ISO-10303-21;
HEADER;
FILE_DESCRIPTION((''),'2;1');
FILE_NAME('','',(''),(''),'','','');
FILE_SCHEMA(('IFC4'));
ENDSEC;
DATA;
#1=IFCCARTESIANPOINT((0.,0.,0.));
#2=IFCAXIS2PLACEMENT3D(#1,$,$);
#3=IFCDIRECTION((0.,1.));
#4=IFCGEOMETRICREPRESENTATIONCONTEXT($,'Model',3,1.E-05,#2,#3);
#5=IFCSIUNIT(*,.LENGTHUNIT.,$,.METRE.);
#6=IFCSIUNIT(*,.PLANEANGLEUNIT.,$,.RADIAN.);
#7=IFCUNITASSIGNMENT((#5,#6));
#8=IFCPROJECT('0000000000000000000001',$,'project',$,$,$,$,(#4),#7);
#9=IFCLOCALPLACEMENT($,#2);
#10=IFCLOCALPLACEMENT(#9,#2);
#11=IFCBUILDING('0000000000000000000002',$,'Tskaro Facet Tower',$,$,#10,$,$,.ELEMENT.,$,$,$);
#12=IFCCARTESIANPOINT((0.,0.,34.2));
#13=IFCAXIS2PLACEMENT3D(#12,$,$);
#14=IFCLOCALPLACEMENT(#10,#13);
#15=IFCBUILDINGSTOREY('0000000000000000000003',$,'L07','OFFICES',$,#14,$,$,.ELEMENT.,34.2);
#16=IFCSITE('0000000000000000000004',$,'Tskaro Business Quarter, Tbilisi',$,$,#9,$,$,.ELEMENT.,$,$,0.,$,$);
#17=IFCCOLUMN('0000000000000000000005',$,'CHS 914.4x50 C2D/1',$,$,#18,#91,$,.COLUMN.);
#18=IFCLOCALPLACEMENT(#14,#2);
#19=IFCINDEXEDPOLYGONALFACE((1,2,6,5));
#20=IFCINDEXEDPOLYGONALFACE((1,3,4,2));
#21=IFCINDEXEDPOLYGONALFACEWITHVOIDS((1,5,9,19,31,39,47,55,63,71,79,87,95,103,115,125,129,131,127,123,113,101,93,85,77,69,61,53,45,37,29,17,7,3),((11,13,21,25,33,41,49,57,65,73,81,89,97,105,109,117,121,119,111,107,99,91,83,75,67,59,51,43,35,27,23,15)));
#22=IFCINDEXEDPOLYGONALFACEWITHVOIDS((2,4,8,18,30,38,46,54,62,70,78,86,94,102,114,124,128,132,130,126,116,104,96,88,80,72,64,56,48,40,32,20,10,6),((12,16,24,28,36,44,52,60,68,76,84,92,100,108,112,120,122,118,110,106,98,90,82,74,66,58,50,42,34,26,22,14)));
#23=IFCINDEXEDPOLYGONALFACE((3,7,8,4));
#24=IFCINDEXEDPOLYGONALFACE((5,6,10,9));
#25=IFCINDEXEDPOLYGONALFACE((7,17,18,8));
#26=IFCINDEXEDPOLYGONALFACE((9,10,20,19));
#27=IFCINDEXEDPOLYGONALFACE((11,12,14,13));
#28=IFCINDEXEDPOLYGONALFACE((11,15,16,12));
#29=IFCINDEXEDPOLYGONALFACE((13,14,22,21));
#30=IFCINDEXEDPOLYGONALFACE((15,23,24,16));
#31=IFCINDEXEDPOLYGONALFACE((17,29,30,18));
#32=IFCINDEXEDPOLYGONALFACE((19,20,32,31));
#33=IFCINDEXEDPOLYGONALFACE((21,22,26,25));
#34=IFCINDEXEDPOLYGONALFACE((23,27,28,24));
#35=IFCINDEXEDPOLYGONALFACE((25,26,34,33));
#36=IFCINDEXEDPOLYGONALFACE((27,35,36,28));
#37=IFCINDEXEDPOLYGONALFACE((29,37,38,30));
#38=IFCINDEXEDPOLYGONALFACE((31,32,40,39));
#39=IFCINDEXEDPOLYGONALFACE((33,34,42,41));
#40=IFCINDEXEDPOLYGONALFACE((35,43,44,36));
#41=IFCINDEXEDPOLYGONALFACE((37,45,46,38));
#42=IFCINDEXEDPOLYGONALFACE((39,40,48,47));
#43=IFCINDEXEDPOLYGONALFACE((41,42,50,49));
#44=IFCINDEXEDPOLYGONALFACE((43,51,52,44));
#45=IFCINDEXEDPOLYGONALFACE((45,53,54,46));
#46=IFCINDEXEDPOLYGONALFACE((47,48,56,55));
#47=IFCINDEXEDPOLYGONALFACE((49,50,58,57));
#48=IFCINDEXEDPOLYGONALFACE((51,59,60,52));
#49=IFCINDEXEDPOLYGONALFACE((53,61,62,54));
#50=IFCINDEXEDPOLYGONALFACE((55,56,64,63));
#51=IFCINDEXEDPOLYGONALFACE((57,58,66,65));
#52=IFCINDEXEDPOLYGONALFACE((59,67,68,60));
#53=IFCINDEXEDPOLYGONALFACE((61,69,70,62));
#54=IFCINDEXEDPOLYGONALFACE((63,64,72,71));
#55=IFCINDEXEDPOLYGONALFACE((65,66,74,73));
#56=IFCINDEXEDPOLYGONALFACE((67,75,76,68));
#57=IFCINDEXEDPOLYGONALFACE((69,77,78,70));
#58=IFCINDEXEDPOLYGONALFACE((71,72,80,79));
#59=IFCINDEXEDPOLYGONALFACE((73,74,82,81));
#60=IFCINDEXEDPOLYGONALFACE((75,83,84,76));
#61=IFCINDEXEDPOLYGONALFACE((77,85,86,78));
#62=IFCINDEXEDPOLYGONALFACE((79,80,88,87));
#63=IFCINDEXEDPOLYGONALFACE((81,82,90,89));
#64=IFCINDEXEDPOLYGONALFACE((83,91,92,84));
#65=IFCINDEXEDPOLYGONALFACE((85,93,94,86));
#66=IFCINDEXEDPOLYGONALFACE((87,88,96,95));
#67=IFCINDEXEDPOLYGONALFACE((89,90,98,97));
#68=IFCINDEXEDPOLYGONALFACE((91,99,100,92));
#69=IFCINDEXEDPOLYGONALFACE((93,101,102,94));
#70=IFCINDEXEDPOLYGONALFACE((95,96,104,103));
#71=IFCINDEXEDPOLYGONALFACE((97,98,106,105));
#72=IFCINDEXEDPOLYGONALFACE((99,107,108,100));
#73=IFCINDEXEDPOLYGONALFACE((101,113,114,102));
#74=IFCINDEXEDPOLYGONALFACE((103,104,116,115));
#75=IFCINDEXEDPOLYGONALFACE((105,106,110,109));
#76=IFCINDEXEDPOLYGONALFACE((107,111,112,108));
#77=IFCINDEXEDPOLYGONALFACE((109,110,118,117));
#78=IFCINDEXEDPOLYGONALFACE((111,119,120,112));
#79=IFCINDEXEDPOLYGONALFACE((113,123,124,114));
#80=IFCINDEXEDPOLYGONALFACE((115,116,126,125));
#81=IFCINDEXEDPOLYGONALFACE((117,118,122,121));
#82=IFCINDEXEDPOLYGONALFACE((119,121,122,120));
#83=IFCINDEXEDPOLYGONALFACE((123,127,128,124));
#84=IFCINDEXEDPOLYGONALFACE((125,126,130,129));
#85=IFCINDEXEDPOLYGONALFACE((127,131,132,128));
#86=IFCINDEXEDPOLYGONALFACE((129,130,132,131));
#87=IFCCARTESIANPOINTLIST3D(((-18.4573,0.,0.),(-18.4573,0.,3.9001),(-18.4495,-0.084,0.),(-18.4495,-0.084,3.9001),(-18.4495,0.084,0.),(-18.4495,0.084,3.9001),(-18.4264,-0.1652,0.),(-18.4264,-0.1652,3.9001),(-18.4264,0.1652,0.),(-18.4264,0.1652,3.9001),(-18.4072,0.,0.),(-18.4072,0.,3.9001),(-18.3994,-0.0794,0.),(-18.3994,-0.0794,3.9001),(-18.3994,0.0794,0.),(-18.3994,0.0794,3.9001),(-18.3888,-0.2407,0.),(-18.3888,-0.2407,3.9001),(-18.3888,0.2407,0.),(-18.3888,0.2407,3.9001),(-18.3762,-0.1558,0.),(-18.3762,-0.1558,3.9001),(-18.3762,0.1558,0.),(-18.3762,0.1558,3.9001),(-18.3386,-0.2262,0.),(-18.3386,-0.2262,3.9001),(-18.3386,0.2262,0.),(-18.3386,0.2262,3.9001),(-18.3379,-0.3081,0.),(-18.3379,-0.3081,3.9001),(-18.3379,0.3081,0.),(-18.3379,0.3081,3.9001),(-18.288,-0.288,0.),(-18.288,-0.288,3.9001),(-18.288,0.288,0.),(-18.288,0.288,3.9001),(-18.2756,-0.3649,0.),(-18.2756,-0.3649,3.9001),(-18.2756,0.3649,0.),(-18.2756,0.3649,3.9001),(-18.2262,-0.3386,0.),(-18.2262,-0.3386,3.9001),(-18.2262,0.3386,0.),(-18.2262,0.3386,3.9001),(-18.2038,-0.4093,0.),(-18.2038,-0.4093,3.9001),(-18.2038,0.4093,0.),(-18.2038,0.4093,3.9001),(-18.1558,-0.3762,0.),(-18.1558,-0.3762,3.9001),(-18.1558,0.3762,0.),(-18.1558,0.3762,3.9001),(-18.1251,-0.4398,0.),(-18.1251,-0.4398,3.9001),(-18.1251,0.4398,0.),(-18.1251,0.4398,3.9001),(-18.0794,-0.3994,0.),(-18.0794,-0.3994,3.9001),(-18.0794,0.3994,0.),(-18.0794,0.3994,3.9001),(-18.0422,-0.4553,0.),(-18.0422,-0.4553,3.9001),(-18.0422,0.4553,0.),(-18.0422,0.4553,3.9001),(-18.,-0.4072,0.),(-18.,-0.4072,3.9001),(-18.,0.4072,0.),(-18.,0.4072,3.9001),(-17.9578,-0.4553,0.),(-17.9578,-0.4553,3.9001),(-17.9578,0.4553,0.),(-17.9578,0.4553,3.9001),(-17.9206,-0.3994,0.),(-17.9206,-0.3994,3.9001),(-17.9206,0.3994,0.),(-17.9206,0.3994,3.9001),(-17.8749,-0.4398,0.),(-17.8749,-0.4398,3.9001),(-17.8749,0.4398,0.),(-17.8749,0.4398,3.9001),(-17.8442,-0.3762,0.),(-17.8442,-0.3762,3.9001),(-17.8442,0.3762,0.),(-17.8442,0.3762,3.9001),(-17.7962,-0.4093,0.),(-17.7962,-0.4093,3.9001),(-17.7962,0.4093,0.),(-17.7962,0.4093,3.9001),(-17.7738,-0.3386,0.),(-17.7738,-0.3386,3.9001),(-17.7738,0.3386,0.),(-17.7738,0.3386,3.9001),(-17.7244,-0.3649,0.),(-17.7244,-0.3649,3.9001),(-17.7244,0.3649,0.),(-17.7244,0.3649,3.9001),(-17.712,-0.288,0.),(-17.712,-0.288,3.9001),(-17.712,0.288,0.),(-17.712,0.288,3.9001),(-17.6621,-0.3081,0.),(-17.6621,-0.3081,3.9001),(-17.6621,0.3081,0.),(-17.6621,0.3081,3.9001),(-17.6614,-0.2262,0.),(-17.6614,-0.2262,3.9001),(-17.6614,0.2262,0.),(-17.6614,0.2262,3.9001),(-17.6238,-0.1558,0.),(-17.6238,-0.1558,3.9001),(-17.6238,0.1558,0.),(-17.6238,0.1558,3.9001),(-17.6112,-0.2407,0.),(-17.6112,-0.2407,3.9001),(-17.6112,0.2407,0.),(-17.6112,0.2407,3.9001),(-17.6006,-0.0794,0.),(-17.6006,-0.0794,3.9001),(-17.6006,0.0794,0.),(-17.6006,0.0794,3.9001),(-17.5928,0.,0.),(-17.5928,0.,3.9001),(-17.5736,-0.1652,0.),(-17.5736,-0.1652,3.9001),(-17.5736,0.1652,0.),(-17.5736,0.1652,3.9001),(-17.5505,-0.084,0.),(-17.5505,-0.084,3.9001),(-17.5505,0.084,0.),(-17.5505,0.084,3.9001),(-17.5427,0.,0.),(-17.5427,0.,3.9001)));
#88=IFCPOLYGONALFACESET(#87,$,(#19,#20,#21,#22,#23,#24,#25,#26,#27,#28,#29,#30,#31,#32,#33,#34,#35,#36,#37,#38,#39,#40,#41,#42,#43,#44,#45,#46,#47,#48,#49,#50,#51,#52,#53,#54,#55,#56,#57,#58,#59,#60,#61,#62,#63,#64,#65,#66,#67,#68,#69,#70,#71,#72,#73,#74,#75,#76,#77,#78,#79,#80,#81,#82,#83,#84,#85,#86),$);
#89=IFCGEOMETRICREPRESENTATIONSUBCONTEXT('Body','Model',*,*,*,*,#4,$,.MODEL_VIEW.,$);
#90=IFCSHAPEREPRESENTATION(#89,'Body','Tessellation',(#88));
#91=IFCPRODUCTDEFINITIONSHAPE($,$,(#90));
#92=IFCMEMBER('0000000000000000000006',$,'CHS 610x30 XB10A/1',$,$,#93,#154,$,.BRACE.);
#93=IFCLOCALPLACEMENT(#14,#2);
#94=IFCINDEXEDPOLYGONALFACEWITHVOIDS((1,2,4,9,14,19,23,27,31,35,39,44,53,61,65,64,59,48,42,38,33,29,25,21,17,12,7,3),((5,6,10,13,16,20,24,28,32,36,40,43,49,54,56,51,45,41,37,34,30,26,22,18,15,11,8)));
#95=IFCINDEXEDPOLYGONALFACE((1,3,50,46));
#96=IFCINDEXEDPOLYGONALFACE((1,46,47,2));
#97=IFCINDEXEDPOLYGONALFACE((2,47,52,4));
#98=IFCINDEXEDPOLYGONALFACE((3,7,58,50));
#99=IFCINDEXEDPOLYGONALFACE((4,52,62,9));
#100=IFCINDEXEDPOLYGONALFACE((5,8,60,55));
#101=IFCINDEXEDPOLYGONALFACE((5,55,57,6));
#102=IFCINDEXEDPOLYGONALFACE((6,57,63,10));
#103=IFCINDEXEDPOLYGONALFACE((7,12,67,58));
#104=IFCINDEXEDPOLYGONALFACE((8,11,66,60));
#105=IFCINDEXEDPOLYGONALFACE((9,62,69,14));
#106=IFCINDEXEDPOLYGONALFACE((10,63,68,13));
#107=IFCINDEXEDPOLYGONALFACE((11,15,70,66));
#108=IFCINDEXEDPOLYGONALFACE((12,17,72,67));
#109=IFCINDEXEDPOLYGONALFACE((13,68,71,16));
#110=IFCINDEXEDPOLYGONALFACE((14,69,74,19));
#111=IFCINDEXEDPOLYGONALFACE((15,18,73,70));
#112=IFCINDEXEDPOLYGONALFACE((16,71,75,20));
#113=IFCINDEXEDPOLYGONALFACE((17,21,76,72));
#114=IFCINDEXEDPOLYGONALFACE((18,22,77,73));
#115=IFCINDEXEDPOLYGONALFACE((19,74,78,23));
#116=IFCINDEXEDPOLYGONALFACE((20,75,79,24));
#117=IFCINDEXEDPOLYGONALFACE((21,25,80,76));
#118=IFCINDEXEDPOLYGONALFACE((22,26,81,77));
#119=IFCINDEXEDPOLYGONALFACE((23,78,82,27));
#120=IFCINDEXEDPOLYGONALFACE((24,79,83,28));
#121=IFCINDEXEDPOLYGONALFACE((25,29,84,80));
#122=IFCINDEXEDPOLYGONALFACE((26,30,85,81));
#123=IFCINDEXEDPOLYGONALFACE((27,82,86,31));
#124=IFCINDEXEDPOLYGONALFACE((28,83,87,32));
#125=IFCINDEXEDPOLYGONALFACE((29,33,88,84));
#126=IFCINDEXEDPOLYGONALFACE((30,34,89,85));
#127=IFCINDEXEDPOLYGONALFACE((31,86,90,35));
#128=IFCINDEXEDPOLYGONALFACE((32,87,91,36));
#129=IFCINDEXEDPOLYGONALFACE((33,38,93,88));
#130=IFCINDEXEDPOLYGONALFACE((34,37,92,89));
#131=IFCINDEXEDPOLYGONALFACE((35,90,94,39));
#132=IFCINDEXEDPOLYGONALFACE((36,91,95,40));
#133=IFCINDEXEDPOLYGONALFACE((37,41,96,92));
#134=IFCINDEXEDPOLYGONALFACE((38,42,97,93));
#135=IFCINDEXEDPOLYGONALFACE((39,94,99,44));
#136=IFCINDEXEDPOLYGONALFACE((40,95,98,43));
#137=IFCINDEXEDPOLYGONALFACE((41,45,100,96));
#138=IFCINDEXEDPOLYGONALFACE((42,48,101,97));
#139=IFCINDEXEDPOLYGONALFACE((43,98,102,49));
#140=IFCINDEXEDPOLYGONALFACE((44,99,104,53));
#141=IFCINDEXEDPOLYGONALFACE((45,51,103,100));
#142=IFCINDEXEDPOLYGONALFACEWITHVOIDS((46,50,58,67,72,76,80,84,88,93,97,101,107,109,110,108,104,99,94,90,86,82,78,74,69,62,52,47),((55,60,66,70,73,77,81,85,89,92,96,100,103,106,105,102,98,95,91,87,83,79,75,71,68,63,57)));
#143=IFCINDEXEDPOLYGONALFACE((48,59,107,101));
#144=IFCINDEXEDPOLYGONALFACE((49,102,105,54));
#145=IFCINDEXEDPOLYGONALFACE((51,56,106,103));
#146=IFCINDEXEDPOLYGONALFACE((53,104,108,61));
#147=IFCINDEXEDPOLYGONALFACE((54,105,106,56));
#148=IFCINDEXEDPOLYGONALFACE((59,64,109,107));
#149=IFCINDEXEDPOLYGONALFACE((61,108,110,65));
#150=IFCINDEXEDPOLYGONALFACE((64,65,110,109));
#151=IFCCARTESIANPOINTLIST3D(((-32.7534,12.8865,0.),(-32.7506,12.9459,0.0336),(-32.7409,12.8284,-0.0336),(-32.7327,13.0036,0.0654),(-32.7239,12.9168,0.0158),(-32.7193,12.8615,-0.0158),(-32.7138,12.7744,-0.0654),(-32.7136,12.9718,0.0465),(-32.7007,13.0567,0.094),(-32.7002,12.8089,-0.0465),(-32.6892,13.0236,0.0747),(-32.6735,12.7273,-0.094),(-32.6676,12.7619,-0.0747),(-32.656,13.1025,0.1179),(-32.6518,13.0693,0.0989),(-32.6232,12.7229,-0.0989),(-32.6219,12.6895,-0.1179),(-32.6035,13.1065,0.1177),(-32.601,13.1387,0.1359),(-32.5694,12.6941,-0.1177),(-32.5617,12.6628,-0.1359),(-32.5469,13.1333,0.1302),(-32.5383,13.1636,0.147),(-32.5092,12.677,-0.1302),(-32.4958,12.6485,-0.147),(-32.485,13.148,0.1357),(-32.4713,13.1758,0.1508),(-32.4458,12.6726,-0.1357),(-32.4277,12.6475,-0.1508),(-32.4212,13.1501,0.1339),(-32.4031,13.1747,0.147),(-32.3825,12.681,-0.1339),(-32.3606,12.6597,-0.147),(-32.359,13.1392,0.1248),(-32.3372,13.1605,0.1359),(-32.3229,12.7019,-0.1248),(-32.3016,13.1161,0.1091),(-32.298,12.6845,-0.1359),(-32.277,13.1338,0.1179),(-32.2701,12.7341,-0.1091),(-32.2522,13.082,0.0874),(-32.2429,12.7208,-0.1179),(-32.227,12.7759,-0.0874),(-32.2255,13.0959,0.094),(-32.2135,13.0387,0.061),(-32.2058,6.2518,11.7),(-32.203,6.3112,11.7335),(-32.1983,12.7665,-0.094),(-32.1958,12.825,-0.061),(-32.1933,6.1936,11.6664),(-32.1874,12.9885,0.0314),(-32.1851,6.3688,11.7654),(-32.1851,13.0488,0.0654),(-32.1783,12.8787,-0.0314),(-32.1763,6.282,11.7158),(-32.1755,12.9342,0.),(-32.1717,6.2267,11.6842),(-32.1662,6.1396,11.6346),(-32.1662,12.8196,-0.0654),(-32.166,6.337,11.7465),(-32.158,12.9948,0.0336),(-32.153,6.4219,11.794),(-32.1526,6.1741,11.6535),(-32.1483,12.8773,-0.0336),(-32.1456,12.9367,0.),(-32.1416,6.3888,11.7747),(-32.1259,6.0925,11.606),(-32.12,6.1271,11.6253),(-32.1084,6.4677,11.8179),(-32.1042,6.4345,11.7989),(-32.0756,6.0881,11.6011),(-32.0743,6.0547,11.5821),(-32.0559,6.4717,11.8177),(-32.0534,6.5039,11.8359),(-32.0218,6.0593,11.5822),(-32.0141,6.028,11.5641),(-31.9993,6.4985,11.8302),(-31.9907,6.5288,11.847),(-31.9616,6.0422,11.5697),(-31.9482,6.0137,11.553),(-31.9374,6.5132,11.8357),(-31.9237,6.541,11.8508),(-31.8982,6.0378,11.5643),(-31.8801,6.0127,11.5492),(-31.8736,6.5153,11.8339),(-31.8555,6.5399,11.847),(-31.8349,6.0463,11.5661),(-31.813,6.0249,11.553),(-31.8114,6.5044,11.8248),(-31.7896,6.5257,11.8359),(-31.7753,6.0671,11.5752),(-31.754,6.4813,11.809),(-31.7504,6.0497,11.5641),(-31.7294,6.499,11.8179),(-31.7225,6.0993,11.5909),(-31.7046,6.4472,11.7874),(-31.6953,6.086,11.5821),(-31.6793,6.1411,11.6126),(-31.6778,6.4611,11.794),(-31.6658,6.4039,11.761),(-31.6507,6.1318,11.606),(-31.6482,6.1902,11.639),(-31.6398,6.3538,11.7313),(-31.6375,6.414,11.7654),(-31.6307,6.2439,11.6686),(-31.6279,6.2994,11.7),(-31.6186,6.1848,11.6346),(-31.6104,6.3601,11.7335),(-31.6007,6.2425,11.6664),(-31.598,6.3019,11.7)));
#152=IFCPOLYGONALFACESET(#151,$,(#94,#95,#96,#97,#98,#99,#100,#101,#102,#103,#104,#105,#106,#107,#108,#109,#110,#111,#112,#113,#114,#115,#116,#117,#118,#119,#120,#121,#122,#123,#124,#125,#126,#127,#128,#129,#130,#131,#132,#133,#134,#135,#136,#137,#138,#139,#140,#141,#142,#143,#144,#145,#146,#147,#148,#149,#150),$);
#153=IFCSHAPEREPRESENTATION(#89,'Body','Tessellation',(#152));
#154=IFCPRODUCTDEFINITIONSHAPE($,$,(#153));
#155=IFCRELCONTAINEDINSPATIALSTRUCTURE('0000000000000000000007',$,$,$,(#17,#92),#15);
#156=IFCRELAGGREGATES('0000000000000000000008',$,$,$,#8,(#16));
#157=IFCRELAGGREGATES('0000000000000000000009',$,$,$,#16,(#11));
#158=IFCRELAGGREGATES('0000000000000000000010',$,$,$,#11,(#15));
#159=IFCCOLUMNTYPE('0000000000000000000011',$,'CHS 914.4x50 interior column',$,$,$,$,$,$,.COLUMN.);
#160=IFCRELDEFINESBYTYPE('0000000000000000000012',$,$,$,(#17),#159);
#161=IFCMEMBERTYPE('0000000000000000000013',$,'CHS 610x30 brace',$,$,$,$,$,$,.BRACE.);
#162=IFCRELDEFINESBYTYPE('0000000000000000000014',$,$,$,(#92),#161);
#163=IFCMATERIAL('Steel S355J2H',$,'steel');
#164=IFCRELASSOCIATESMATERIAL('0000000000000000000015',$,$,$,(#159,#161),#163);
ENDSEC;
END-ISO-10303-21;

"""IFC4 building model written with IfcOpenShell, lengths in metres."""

from ifc_helpers import new_model, si_unit, direction, frame, origin, origin_2d, place, context, subcontext, project, spatial, hollow_circle, extrude, material, material_profile, profile_set, type_object, element, save


model = new_model("IFC4")

# Units and contexts
model_context = context("Model", 3, precision=1e-05, world=origin(), true_north=direction((0.0, 1.0)))
body_context = subcontext(model_context, "Body", "Model", "MODEL_VIEW")
ifc_project = project(units=[si_unit("LENGTHUNIT", "METRE"), si_unit("PLANEANGLEUNIT", "RADIAN")], contexts=[model_context])

# Site, building, storey
site_placement = place(None, origin())
site = spatial("IfcSite", under=ifc_project, at=site_placement, Name="Tskaro Business Quarter, Tbilisi", CompositionType="ELEMENT", RefElevation=0.0)
building_placement = place(site_placement, origin())
building = spatial("IfcBuilding", under=site, at=building_placement, Name="Tskaro Facet Tower", CompositionType="ELEMENT")
storey_placement = place(building_placement, frame((0.0, 0.0, 34.2)))
storey = spatial("IfcBuildingStorey", under=building, at=storey_placement, Name="L07", Description="OFFICES", CompositionType="ELEMENT", Elevation=34.2)

# Column
ifc_material_1 = material(Name="Steel S355J2H", Category="steel")
ifc_material_profile_1 = material_profile(ifc_material_1, hollow_circle(Radius=0.4573, WallThickness=0.05, at=origin_2d()), Name="CHS 914.4x50")
ifc_profile_set_1 = profile_set([ifc_material_profile_1], Name="Steel S355J2H")
column_type_1 = type_object("IfcColumnType", Name="CHS 914.4x50 interior column", PredefinedType="COLUMN", material=ifc_profile_set_1)
column_1_placement = place(storey_placement, frame((-18.0, 0.0, 0.0), z_axis=(0.0, 0.0, 1.0), x_axis=(1.0, 0.0, 0.0)))
element("IfcColumn", 1, at=column_1_placement, inside=storey, type_object=column_type_1, Name="CHS 914.4x50 C2D/1", PredefinedType="COLUMN", context=body_context, shape_type="SweptSolid", body=[
    extrude(hollow_circle(Radius=0.4573, WallThickness=0.05, at=origin_2d()), origin(), (0.0, 0.0, 1.0), 3.9001),
])

# Member
ifc_material_profile_2 = material_profile(ifc_material_1, hollow_circle(Radius=0.3049, WallThickness=0.03, at=origin_2d()), Name="CHS 610x30")
ifc_profile_set_2 = profile_set([ifc_material_profile_2], Name="Steel S355J2H")
member_type_1 = type_object("IfcMemberType", Name="CHS 610x30 brace", PredefinedType="BRACE", material=ifc_profile_set_2)
member_1_placement = place(storey_placement, frame((-32.4495, 12.9116, 0.0), z_axis=(0.04068, -0.492874, 0.869149), x_axis=(0.996611, 0.082256, 0.0)))
element("IfcMember", 2, at=member_1_placement, inside=storey, type_object=member_type_1, Name="CHS 610x30 XB10A/1", PredefinedType="BRACE", context=body_context, shape_type="SweptSolid", body=[
    extrude(hollow_circle(Radius=0.3049, WallThickness=0.03, at=origin_2d()), origin(), (0.0, 0.0, 1.0), 13.4614),
])

save(model, "model.ifc")
